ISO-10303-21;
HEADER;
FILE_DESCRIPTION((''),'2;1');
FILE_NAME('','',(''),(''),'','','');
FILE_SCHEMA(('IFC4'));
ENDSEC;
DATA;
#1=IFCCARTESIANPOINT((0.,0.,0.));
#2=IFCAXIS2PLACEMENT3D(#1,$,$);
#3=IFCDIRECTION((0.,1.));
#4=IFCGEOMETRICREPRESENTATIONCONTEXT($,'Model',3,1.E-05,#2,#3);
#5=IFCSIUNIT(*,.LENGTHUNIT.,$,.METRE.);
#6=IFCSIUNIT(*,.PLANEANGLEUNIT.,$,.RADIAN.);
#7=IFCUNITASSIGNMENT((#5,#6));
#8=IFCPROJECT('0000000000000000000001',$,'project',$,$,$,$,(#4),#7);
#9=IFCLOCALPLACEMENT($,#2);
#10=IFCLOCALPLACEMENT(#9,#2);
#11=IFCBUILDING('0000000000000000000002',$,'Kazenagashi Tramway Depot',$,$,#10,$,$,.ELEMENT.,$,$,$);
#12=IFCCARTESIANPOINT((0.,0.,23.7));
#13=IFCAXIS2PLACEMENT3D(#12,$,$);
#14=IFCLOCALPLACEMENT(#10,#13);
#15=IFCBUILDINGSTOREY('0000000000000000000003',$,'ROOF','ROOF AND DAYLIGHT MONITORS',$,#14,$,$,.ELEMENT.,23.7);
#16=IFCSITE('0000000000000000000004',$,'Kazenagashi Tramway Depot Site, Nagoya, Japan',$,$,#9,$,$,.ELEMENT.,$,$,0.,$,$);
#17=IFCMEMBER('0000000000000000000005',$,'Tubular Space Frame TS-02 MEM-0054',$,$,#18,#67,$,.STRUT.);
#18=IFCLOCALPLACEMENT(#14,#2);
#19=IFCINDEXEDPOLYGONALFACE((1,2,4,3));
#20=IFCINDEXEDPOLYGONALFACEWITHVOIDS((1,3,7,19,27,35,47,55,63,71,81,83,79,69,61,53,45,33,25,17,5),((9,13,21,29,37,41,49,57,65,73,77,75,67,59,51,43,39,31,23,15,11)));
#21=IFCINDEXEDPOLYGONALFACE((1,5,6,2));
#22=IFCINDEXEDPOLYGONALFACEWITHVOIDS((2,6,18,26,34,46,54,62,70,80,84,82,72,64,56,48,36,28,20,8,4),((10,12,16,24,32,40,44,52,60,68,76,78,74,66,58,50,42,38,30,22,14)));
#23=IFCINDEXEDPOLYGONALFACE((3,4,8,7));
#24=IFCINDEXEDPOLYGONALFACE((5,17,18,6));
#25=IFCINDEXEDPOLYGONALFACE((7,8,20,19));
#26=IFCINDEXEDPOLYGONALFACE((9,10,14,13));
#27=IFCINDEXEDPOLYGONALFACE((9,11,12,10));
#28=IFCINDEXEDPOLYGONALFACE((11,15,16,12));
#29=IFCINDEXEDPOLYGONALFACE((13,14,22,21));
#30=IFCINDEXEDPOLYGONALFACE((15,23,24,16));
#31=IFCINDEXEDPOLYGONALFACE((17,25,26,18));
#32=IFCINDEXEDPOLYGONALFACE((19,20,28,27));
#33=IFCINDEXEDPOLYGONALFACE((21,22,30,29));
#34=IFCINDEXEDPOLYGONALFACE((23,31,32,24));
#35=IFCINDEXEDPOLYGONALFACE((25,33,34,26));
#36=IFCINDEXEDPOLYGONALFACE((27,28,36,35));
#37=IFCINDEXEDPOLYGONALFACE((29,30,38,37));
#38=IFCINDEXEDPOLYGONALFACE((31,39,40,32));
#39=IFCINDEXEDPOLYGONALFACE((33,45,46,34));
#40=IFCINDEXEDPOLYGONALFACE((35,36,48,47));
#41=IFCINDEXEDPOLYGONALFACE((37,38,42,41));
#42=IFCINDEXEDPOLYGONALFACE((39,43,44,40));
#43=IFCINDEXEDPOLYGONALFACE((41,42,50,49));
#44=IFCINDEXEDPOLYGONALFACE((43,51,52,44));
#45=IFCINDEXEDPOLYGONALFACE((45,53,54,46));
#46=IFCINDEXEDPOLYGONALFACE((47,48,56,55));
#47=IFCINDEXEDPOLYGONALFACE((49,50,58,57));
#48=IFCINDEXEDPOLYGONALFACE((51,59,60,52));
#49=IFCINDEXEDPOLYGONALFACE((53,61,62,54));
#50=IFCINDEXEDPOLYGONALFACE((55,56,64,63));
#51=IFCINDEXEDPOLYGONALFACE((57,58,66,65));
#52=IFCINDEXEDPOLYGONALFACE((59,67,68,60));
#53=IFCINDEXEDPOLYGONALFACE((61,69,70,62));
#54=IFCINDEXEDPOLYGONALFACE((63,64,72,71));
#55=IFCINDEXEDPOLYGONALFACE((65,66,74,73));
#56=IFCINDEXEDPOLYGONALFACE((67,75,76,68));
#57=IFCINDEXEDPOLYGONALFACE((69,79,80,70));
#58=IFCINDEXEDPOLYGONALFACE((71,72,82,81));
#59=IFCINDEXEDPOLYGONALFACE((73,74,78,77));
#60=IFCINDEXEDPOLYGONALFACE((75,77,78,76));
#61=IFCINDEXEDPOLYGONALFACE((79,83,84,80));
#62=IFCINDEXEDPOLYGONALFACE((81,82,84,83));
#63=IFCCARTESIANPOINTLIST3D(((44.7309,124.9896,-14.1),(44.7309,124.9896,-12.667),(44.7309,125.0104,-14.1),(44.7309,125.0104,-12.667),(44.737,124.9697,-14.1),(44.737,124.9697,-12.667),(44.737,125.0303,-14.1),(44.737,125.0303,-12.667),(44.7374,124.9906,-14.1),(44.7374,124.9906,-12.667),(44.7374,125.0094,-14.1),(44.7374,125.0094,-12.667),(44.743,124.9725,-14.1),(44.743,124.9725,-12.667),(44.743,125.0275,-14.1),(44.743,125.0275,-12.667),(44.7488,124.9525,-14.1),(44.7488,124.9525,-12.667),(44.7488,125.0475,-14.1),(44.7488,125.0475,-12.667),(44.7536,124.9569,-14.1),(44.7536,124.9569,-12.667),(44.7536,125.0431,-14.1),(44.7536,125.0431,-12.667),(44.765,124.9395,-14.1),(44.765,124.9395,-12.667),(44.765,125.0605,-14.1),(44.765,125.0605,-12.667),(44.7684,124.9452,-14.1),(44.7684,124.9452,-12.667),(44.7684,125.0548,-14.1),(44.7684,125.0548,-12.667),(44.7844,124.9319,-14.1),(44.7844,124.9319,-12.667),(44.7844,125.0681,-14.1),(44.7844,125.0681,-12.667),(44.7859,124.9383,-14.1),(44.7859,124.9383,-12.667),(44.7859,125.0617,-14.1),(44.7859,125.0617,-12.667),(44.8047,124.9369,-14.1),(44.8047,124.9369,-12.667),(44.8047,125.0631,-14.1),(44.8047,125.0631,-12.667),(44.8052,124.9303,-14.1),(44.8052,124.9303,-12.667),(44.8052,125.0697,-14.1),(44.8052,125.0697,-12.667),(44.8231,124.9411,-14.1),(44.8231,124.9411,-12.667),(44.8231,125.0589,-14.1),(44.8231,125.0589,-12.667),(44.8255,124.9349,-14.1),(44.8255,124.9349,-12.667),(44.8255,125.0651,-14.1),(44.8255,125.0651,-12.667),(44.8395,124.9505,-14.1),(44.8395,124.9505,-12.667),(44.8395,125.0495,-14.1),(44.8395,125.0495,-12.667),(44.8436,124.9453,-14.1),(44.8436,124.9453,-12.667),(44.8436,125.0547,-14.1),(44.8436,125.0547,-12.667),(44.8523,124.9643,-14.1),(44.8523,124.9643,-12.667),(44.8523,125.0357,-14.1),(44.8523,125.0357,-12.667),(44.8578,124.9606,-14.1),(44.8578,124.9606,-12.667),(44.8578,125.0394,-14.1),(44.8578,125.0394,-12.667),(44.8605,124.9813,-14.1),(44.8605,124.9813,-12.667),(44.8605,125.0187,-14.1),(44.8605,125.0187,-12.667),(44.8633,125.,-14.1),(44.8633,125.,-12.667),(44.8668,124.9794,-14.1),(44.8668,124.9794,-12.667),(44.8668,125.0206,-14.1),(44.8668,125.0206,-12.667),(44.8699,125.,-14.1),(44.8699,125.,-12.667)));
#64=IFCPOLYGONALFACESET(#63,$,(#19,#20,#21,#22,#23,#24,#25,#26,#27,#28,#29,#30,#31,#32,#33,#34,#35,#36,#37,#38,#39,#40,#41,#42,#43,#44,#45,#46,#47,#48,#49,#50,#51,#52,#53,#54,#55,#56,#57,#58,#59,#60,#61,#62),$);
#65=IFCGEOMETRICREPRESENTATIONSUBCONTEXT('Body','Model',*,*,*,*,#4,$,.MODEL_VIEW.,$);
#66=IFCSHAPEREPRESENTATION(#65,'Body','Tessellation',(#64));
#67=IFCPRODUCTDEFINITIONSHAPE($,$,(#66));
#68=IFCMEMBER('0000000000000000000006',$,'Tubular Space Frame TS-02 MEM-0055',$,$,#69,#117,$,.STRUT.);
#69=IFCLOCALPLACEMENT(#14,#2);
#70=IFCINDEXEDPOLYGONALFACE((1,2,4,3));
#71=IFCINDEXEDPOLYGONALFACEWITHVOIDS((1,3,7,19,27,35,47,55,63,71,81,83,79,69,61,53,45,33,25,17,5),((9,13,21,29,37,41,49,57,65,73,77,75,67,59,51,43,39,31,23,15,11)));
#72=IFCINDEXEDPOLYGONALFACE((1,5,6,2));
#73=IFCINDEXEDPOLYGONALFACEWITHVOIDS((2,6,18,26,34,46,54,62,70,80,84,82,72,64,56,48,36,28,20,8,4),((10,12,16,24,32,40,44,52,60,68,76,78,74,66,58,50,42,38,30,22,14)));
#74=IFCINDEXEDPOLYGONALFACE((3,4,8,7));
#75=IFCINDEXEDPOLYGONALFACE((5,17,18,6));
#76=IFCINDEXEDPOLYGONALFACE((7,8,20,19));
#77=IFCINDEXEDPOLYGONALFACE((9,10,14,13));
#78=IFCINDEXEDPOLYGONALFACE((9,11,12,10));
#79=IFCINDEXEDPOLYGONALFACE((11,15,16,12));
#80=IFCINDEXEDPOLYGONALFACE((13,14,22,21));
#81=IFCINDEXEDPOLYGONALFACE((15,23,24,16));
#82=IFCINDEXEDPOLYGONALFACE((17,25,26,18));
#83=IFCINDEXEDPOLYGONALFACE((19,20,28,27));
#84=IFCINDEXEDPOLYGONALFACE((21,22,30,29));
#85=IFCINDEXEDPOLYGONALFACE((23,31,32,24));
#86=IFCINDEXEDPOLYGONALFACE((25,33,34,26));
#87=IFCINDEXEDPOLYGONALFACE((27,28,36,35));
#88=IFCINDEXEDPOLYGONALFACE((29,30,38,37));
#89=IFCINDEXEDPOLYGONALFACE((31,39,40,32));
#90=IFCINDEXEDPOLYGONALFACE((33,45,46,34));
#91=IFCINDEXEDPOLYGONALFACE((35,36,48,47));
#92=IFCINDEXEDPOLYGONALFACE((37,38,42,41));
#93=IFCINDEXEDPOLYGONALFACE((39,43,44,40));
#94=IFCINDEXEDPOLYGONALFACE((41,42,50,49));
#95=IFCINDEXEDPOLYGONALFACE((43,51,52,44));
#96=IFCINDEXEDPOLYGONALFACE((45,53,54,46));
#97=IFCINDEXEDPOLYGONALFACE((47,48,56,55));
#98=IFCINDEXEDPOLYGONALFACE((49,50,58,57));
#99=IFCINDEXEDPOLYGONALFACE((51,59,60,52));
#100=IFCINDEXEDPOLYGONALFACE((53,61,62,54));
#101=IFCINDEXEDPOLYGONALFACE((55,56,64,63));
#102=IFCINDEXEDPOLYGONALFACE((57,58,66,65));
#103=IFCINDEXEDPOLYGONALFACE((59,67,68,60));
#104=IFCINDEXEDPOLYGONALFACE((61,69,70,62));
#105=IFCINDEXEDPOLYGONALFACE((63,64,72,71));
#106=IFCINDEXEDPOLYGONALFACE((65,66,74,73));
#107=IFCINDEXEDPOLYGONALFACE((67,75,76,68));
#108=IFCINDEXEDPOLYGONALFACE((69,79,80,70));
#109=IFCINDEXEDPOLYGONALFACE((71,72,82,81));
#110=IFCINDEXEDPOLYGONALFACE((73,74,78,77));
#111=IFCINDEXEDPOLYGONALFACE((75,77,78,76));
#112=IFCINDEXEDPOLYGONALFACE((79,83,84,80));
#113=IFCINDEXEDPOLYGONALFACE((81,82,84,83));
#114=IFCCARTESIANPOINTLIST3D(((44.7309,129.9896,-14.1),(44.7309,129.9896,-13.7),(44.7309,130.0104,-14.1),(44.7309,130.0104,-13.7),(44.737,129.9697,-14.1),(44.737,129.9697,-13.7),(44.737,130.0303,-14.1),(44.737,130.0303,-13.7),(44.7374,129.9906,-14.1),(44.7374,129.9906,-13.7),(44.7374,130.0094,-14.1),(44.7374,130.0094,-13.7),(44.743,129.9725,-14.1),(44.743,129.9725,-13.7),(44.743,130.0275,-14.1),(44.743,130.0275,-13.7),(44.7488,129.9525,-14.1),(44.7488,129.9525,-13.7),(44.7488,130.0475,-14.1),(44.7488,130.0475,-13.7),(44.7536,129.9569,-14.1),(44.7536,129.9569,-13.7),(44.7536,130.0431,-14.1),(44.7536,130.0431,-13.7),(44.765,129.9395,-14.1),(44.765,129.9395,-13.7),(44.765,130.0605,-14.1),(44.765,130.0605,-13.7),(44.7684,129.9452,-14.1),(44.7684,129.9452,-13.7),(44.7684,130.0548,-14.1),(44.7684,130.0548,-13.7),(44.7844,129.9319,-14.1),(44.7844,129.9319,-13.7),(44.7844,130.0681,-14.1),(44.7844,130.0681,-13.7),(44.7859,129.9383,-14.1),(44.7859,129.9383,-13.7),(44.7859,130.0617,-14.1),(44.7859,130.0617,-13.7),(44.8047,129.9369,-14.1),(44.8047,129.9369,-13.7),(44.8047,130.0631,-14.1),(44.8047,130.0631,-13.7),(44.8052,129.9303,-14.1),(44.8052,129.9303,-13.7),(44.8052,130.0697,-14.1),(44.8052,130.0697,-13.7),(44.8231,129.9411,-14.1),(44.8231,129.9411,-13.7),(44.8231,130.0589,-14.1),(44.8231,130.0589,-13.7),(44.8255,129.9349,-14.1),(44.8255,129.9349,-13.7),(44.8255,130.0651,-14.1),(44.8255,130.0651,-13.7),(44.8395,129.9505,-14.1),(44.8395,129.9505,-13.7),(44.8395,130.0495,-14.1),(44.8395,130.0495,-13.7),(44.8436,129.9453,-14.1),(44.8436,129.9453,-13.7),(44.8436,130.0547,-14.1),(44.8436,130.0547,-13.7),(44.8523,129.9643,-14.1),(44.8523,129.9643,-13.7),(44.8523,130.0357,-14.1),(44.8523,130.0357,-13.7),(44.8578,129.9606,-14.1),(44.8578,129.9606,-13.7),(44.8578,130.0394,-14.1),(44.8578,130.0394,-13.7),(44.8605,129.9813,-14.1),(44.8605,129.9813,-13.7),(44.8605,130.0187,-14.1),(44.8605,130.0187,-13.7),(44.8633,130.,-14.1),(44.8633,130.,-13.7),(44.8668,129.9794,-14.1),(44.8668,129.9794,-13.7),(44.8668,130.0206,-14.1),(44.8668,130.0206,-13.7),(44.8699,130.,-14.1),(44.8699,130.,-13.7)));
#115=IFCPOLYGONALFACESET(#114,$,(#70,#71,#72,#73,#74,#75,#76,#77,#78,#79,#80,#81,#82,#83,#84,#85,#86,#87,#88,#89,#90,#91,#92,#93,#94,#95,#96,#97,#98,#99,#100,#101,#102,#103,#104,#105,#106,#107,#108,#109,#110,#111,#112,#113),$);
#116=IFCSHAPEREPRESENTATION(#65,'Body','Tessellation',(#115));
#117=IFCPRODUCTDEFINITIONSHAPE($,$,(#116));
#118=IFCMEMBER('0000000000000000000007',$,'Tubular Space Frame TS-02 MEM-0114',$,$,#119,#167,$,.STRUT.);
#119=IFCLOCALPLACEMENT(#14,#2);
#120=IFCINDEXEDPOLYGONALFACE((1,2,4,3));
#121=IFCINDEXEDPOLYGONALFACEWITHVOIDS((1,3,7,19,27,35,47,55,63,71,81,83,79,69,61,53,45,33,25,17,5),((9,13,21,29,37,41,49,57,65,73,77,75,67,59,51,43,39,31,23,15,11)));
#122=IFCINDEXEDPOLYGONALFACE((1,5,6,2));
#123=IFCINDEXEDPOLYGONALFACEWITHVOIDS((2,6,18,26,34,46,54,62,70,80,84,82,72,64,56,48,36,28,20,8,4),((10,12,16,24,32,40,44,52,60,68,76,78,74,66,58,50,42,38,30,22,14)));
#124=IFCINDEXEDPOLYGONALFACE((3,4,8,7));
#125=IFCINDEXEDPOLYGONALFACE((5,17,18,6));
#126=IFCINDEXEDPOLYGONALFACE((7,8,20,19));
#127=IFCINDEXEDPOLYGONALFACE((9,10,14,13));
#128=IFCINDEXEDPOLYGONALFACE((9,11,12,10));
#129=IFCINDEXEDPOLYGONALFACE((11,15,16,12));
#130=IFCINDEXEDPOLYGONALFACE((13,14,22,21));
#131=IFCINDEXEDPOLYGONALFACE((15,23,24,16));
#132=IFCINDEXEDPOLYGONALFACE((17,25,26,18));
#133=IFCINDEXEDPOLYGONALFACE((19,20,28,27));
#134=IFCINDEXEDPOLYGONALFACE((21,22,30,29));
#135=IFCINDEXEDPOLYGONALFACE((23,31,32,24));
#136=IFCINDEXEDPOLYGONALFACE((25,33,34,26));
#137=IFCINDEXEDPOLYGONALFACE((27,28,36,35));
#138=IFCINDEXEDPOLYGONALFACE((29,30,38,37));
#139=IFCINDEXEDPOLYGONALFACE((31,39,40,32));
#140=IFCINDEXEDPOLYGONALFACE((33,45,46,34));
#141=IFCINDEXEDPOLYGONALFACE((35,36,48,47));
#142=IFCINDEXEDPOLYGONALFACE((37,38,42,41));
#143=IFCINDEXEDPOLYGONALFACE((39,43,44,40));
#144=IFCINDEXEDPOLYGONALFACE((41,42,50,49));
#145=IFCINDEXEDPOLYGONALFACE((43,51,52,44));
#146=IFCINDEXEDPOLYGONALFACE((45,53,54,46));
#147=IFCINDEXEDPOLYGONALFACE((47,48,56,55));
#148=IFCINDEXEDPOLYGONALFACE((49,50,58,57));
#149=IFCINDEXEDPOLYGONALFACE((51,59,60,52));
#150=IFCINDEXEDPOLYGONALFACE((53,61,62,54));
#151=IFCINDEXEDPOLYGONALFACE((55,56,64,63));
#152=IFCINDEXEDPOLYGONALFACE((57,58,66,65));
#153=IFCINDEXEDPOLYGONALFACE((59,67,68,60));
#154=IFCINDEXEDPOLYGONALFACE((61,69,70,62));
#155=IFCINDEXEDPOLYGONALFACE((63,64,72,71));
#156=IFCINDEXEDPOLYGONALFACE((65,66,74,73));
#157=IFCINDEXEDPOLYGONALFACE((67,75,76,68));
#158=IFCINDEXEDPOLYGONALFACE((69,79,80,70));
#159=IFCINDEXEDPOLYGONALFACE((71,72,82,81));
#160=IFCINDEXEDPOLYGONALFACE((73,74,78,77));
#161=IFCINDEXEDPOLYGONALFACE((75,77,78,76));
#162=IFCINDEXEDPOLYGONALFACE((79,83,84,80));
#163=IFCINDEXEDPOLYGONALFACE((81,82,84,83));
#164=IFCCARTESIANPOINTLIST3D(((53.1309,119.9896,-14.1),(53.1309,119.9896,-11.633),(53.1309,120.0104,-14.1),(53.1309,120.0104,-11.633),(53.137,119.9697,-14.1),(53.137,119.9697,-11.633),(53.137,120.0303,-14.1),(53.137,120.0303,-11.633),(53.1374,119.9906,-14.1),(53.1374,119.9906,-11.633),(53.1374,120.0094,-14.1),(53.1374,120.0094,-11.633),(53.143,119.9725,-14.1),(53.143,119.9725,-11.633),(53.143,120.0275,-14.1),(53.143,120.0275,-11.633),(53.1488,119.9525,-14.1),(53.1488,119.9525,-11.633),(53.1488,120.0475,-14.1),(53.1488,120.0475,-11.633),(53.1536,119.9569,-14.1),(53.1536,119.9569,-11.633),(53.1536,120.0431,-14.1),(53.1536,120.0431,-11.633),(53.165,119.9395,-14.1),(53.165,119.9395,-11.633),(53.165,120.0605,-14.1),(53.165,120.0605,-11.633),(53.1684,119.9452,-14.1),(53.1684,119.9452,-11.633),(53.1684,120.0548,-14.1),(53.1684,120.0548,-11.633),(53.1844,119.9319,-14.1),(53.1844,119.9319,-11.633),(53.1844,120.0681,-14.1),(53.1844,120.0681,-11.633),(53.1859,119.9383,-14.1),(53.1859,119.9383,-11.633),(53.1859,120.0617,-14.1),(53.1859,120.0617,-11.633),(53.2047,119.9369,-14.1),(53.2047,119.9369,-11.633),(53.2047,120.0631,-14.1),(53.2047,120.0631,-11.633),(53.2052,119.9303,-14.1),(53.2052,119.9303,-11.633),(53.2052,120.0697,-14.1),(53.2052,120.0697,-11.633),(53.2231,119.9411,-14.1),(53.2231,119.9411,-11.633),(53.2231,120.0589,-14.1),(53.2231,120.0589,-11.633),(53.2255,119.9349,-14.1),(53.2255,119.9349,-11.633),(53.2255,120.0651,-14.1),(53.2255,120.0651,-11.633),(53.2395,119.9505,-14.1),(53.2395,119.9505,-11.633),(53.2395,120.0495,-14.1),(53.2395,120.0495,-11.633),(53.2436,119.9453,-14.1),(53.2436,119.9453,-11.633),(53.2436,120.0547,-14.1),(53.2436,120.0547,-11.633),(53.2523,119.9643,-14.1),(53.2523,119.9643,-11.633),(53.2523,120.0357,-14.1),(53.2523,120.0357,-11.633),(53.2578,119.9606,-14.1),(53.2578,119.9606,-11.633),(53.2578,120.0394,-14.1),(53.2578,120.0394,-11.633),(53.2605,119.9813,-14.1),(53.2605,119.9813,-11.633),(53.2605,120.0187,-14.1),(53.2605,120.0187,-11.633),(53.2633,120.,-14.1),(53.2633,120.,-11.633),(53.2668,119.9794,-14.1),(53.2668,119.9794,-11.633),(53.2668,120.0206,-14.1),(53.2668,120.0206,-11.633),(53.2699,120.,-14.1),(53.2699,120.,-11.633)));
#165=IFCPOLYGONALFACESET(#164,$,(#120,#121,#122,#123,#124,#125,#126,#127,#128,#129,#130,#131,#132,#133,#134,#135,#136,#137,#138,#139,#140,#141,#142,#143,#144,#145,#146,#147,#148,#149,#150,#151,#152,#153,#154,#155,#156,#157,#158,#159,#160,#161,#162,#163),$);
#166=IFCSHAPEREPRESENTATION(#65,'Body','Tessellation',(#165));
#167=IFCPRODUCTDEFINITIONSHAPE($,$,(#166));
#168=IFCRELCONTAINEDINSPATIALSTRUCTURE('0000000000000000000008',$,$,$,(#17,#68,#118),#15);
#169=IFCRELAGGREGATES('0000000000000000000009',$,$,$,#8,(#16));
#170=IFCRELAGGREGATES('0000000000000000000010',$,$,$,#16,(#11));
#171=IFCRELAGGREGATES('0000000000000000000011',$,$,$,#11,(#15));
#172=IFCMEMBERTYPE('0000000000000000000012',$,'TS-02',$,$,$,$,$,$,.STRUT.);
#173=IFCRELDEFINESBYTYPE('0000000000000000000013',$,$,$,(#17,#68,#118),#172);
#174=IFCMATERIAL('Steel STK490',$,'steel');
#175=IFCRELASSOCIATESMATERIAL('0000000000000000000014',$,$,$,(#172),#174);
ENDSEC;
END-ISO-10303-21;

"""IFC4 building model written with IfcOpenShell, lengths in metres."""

from ifc_helpers import new_model, si_unit, direction, frame, origin, origin_2d, place, context, subcontext, project, spatial, hollow_circle, extrude, material, material_profile, profile_set, type_object, element, save


model = new_model("IFC4")

# Units and contexts
model_context = context("Model", 3, precision=1e-05, world=origin(), true_north=direction((0.0, 1.0)))
body_context = subcontext(model_context, "Body", "Model", "MODEL_VIEW")
ifc_project = project(units=[si_unit("LENGTHUNIT", "METRE"), si_unit("PLANEANGLEUNIT", "RADIAN")], contexts=[model_context])

# Site, building, storey
site_placement = place(None, origin())
site = spatial("IfcSite", under=ifc_project, at=site_placement, Name="Kazenagashi Tramway Depot Site, Nagoya, Japan", CompositionType="ELEMENT", RefElevation=0.0)
building_placement = place(site_placement, origin())
building = spatial("IfcBuilding", under=site, at=building_placement, Name="Kazenagashi Tramway Depot", CompositionType="ELEMENT")
storey_placement = place(building_placement, frame((0.0, 0.0, 23.7)))
storey = spatial("IfcBuildingStorey", under=building, at=storey_placement, Name="ROOF", Description="ROOF AND DAYLIGHT MONITORS", CompositionType="ELEMENT", Elevation=23.7)

# Members
ifc_material_1 = material(Name="Steel STK490", Category="steel")
ifc_material_profile_1 = material_profile(ifc_material_1, hollow_circle(Radius=0.0699, WallThickness=0.0066, at=origin_2d()), Name="CHS-139.8x6.6")
ifc_profile_set_1 = profile_set([ifc_material_profile_1], Name="Steel STK490")
member_type_1 = type_object("IfcMemberType", Name="TS-02", PredefinedType="STRUT", material=ifc_profile_set_1)
member_1_placement = place(storey_placement, frame((44.8, 125.0, -14.1), z_axis=(0.0, 0.0, 1.0), x_axis=(1.0, 0.0, 0.0)))
element("IfcMember", 1, at=member_1_placement, inside=storey, type_object=member_type_1, Name="Tubular Space Frame TS-02 MEM-0054", PredefinedType="STRUT", context=body_context, shape_type="SweptSolid", body=[
    extrude(hollow_circle(Radius=0.0699, WallThickness=0.0066, at=origin_2d()), origin(), (0.0, 0.0, 1.0), 1.433),
])
member_2_placement = place(storey_placement, frame((44.8, 130.0, -14.1), z_axis=(0.0, 0.0, 1.0), x_axis=(1.0, 0.0, 0.0)))
element("IfcMember", 2, at=member_2_placement, inside=storey, type_object=member_type_1, Name="Tubular Space Frame TS-02 MEM-0055", PredefinedType="STRUT", context=body_context, shape_type="SweptSolid", body=[
    extrude(hollow_circle(Radius=0.0699, WallThickness=0.0066, at=origin_2d()), origin(), (0.0, 0.0, 1.0), 0.4),
])
member_3_placement = place(storey_placement, frame((53.2, 120.0, -14.1), z_axis=(0.0, 0.0, 1.0), x_axis=(1.0, 0.0, 0.0)))
element("IfcMember", 3, at=member_3_placement, inside=storey, type_object=member_type_1, Name="Tubular Space Frame TS-02 MEM-0114", PredefinedType="STRUT", context=body_context, shape_type="SweptSolid", body=[
    extrude(hollow_circle(Radius=0.0699, WallThickness=0.0066, at=origin_2d()), origin(), (0.0, 0.0, 1.0), 2.467),
])

save(model, "model.ifc")
